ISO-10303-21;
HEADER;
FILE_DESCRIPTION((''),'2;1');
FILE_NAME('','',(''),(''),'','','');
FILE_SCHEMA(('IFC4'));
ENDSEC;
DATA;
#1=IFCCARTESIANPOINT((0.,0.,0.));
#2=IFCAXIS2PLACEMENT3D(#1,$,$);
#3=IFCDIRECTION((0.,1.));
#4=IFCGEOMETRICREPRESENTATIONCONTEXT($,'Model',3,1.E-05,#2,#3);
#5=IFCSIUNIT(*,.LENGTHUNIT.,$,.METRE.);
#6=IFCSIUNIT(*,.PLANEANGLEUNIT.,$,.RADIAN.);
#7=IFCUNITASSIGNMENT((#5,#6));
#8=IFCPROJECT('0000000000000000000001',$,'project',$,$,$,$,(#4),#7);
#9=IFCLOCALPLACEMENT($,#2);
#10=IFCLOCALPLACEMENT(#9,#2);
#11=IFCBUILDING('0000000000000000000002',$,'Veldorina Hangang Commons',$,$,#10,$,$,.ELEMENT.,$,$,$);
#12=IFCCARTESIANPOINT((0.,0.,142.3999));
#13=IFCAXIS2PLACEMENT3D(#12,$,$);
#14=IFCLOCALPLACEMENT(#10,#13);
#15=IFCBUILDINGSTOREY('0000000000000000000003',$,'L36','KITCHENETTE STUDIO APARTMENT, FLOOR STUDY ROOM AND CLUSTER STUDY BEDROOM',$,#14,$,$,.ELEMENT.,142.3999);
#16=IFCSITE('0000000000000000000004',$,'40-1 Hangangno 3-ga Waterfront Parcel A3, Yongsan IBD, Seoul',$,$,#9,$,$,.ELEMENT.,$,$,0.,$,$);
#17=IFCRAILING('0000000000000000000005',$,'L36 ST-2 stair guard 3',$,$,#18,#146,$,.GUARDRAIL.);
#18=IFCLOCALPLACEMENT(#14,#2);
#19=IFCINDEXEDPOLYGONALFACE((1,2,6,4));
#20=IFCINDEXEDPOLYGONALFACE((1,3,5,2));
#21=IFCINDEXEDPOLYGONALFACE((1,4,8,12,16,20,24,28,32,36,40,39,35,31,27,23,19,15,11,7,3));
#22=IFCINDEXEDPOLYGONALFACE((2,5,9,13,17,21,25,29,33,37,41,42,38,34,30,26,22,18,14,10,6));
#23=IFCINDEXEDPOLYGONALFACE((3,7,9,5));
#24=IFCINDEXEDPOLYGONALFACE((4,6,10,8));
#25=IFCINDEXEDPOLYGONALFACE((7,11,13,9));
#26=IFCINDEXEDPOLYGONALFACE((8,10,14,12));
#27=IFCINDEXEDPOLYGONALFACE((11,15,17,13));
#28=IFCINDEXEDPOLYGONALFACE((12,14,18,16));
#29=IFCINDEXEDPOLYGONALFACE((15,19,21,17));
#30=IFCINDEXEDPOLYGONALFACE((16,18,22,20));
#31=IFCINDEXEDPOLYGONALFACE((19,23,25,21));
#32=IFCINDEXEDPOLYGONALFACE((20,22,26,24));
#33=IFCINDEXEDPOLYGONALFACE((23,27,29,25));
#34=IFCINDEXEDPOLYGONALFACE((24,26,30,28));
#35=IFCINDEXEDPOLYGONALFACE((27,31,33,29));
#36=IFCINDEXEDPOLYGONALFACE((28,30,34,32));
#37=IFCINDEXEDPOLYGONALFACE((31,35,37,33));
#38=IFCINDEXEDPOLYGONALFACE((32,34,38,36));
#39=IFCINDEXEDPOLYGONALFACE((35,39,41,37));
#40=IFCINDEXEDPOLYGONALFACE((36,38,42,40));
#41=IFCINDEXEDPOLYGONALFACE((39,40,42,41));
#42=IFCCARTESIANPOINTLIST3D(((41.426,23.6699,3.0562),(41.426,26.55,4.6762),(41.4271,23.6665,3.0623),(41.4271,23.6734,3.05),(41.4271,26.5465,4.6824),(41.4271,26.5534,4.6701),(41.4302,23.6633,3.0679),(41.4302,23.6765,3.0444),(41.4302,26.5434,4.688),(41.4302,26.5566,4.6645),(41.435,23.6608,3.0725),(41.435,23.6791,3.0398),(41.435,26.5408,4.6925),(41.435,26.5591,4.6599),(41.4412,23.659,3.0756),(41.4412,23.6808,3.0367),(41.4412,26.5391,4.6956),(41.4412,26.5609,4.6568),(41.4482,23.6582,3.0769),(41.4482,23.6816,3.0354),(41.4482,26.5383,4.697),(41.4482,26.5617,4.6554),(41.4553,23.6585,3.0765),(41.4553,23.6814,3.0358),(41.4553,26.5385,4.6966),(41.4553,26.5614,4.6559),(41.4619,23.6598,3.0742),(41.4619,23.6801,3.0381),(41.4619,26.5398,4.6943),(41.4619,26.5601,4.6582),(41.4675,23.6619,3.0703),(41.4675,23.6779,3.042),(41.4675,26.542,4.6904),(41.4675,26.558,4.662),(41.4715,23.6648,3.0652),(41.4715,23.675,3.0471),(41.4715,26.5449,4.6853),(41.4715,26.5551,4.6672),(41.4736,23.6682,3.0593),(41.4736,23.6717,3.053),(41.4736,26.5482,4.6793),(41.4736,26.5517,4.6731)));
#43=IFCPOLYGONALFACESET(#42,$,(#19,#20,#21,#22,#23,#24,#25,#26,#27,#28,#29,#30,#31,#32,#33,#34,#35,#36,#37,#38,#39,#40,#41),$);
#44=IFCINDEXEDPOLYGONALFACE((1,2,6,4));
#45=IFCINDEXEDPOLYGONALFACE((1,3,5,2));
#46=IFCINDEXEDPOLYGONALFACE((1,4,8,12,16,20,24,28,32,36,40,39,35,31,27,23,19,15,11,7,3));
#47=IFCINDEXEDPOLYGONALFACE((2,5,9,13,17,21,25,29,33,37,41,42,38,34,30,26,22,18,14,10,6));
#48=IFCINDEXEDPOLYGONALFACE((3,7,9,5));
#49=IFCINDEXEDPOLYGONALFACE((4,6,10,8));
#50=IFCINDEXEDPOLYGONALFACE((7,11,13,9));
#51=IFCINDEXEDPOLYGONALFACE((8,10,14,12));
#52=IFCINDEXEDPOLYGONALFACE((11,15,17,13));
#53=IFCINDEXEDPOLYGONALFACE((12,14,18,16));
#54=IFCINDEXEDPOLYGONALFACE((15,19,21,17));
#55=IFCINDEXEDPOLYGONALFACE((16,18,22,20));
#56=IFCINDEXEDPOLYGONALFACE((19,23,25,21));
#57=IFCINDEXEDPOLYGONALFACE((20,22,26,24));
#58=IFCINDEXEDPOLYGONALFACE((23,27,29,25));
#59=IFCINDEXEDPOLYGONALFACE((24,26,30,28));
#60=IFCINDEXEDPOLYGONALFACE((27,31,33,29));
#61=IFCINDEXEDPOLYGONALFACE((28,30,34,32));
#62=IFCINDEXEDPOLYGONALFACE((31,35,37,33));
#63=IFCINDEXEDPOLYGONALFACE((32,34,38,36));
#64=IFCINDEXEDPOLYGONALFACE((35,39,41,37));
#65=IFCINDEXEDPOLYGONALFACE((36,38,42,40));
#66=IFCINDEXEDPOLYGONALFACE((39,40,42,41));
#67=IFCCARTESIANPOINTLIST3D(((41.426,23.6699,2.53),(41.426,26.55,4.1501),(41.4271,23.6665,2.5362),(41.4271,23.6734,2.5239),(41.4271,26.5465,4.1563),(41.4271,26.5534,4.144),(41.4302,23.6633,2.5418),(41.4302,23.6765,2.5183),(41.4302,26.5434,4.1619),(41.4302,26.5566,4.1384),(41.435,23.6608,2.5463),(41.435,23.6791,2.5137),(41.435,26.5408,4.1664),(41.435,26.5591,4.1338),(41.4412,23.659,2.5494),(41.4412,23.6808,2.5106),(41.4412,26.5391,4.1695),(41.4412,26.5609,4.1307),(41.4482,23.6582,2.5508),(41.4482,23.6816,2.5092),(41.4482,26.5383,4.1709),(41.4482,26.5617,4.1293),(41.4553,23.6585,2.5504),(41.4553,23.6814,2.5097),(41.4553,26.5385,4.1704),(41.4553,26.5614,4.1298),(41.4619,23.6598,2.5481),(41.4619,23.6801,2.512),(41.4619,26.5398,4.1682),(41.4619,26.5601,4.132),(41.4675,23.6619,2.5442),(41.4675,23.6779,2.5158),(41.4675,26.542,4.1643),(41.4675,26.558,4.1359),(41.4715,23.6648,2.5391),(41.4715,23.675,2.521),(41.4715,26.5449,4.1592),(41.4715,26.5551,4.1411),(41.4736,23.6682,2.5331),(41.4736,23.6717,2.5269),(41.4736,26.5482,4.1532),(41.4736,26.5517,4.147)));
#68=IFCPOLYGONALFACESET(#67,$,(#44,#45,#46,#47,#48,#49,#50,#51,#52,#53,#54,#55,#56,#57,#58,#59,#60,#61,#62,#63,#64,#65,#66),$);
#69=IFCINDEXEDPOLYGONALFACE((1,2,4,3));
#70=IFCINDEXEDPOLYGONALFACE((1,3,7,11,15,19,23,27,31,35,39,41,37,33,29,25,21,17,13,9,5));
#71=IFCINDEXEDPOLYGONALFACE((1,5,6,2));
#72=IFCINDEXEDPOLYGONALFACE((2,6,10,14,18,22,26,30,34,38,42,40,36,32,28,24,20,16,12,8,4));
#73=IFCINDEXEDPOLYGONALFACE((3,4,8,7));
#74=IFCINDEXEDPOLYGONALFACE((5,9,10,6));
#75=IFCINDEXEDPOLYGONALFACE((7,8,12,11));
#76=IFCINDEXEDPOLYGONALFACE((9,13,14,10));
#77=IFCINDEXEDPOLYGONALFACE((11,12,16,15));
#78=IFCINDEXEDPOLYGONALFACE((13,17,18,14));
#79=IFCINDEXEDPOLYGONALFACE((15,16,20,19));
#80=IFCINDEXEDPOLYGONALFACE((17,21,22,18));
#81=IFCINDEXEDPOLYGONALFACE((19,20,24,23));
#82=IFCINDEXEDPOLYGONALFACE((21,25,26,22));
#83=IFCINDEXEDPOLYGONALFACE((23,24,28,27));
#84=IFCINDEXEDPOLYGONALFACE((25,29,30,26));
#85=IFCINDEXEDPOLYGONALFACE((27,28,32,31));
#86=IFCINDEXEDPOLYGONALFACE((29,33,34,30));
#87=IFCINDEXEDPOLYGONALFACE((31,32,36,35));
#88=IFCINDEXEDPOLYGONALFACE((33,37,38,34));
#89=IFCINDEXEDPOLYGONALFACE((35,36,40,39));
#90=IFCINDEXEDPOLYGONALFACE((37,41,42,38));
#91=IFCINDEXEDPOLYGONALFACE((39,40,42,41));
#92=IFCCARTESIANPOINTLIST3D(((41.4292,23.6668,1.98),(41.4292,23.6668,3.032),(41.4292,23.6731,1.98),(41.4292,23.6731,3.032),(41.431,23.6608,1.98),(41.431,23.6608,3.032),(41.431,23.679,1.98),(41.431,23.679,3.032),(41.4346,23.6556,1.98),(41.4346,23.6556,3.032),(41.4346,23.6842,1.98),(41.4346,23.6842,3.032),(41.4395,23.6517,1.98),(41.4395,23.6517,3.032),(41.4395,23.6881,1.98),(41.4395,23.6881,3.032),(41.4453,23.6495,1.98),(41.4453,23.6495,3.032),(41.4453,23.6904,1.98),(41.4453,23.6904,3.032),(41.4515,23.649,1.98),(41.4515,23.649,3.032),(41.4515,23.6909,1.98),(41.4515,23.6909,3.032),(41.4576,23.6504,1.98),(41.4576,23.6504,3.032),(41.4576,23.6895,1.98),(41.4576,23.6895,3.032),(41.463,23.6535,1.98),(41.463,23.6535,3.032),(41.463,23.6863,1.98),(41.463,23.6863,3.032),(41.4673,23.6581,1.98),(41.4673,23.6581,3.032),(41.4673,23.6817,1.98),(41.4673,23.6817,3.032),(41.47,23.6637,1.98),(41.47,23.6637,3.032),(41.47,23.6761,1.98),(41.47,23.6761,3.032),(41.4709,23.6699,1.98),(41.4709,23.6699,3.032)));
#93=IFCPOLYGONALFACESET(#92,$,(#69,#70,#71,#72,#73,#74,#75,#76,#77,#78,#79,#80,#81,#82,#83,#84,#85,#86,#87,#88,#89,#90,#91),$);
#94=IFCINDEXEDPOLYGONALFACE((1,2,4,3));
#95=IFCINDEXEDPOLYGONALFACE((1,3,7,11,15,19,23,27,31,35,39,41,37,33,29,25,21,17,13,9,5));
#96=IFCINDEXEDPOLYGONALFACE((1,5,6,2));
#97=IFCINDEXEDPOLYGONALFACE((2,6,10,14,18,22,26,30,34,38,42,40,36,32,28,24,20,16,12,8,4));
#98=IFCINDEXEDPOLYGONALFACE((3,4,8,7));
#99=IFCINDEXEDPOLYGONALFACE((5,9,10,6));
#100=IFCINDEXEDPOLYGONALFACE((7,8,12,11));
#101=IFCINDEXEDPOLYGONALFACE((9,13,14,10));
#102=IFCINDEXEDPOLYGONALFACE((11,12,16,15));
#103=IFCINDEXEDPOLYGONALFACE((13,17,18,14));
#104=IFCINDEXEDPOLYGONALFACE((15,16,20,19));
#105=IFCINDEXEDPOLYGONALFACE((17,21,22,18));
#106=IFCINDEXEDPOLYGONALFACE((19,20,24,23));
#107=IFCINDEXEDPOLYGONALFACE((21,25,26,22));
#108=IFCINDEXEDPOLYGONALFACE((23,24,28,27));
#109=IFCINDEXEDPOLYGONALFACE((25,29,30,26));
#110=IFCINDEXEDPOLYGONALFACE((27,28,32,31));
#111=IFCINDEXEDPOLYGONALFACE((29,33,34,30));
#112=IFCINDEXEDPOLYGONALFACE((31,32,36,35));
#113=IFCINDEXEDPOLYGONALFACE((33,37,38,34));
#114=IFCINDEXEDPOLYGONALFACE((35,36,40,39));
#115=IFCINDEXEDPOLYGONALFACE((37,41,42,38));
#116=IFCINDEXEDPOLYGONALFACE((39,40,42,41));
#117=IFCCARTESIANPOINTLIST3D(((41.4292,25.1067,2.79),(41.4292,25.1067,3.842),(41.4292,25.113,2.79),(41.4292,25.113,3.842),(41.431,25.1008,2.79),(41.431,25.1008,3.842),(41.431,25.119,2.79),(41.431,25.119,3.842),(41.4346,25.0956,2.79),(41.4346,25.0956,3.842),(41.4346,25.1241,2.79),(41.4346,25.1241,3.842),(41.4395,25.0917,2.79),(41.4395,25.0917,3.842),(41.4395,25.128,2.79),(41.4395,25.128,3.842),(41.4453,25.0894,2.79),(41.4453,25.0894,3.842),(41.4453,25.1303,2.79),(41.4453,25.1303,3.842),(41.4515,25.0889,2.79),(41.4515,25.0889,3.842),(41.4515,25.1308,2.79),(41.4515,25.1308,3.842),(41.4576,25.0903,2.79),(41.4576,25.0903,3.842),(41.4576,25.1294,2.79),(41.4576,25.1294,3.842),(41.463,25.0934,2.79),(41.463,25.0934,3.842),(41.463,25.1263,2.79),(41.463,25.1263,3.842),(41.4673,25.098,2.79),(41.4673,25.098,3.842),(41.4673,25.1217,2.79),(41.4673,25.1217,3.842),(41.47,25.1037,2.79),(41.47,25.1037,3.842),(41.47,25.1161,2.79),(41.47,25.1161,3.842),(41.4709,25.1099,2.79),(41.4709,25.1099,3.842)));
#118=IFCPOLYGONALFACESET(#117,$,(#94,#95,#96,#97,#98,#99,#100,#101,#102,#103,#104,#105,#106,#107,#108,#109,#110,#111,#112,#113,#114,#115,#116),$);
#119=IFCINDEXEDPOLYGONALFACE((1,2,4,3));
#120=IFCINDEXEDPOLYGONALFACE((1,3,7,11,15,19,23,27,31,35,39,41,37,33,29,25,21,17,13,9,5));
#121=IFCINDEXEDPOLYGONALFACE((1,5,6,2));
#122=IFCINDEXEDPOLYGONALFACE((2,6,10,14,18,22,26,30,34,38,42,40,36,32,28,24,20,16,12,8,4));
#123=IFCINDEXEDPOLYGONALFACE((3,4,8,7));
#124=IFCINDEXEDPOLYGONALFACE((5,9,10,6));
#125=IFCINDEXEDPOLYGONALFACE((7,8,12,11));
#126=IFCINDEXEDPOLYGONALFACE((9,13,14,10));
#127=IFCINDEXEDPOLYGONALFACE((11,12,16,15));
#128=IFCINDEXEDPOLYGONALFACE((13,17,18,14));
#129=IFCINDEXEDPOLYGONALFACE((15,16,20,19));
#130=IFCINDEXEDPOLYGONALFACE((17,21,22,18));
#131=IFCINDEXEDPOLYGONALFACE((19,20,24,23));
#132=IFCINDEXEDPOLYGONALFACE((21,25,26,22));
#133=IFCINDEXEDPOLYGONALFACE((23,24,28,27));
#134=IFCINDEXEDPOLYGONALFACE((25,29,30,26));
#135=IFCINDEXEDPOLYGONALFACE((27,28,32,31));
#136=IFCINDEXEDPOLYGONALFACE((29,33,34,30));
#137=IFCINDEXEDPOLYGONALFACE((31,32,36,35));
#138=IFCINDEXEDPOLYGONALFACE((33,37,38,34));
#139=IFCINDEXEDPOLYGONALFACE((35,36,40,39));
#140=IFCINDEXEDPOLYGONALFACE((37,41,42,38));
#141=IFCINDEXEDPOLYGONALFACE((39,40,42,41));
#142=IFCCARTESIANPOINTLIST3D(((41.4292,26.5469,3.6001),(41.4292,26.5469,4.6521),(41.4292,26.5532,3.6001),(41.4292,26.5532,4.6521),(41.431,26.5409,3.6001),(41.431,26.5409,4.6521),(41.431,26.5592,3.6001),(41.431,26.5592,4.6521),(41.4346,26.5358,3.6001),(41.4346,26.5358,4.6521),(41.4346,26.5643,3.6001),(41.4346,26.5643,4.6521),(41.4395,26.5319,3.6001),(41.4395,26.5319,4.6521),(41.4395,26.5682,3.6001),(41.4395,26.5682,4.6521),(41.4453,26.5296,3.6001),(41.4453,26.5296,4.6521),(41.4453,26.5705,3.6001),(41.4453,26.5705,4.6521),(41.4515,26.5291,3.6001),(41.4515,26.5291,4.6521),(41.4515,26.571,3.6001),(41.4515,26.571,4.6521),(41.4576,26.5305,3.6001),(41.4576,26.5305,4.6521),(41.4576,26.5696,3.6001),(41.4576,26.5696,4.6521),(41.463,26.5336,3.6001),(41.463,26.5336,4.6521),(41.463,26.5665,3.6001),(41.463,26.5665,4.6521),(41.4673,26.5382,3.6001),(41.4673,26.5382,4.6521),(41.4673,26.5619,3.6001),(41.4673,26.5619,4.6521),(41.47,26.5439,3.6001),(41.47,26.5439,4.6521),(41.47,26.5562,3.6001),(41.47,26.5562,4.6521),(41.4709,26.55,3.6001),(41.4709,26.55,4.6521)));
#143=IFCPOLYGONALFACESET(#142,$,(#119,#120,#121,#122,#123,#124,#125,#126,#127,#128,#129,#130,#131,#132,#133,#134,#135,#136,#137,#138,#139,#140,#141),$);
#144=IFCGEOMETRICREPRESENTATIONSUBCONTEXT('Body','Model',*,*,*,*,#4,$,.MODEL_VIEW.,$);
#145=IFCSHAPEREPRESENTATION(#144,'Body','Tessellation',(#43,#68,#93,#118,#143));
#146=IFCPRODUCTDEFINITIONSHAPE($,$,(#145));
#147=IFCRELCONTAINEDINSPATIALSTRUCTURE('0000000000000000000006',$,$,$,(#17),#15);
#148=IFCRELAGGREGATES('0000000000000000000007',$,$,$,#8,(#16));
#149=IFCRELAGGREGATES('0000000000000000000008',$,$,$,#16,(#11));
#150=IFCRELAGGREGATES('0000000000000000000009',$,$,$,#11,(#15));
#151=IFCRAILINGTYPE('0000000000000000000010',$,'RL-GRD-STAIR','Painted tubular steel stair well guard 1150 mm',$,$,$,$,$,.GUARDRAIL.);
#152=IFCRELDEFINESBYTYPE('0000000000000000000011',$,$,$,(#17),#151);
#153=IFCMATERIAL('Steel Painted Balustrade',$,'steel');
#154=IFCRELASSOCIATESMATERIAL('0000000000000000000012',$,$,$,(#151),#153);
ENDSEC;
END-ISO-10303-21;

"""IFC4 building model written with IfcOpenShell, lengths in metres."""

from ifc_helpers import new_model, si_unit, direction, frame, origin, origin_2d, place, context, subcontext, project, spatial, circle, extrude, material, type_object, element, save


model = new_model("IFC4")

# Units and contexts
model_context = context("Model", 3, precision=1e-05, world=origin(), true_north=direction((0.0, 1.0)))
body_context = subcontext(model_context, "Body", "Model", "MODEL_VIEW")
ifc_project = project(units=[si_unit("LENGTHUNIT", "METRE"), si_unit("PLANEANGLEUNIT", "RADIAN")], contexts=[model_context])

# Site, building, storey
site_placement = place(None, origin())
site = spatial("IfcSite", under=ifc_project, at=site_placement, Name="40-1 Hangangno 3-ga Waterfront Parcel A3, Yongsan IBD, Seoul", CompositionType="ELEMENT", RefElevation=0.0)
building_placement = place(site_placement, origin())
building = spatial("IfcBuilding", under=site, at=building_placement, Name="Veldorina Hangang Commons", CompositionType="ELEMENT")
storey_placement = place(building_placement, frame((0.0, 0.0, 142.3999)))
storey = spatial("IfcBuildingStorey", under=building, at=storey_placement, Name="L36", Description="KITCHENETTE STUDIO APARTMENT, FLOOR STUDY ROOM AND CLUSTER STUDY BEDROOM", CompositionType="ELEMENT", Elevation=142.3999)

# Railing
ifc_material_1 = material(Name="Steel Painted Balustrade", Category="steel")
railing_type_1 = type_object("IfcRailingType", Name="RL-GRD-STAIR", Description="Painted tubular steel stair well guard 1150 mm", PredefinedType="GUARDRAIL", material=ifc_material_1)
railing_1_placement = place(storey_placement, frame((41.45, 23.6699, 1.98)))
element("IfcRailing", 1, at=railing_1_placement, inside=storey, type_object=railing_type_1, Name="L36 ST-2 stair guard 3", PredefinedType="GUARDRAIL", context=body_context, shape_type="SweptSolid", body=[
    extrude(circle(Radius=0.0239, at=origin_2d()), frame((0.0, 0.0, 1.0762), z_axis=(0.0, 0.87157, 0.490272), x_axis=(-1.0, 0.0, 0.0)), (0.0, 0.0, 1.0), 3.3044),
    extrude(circle(Radius=0.0239, at=origin_2d()), frame((0.0, 0.0, 0.55), z_axis=(0.0, 0.87157, 0.490272), x_axis=(-1.0, 0.0, 0.0)), (0.0, 0.0, 1.0), 3.3044),
    extrude(circle(Radius=0.021, at=origin_2d()), origin(), (0.0, 0.0, 1.0), 1.052),
    extrude(circle(Radius=0.021, at=origin_2d()), frame((0.0, 1.4399, 0.8101)), (0.0, 0.0, 1.0), 1.052),
    extrude(circle(Radius=0.021, at=origin_2d()), frame((0.0, 2.8801, 1.6201)), (0.0, 0.0, 1.0), 1.052),
])

save(model, "model.ifc")
